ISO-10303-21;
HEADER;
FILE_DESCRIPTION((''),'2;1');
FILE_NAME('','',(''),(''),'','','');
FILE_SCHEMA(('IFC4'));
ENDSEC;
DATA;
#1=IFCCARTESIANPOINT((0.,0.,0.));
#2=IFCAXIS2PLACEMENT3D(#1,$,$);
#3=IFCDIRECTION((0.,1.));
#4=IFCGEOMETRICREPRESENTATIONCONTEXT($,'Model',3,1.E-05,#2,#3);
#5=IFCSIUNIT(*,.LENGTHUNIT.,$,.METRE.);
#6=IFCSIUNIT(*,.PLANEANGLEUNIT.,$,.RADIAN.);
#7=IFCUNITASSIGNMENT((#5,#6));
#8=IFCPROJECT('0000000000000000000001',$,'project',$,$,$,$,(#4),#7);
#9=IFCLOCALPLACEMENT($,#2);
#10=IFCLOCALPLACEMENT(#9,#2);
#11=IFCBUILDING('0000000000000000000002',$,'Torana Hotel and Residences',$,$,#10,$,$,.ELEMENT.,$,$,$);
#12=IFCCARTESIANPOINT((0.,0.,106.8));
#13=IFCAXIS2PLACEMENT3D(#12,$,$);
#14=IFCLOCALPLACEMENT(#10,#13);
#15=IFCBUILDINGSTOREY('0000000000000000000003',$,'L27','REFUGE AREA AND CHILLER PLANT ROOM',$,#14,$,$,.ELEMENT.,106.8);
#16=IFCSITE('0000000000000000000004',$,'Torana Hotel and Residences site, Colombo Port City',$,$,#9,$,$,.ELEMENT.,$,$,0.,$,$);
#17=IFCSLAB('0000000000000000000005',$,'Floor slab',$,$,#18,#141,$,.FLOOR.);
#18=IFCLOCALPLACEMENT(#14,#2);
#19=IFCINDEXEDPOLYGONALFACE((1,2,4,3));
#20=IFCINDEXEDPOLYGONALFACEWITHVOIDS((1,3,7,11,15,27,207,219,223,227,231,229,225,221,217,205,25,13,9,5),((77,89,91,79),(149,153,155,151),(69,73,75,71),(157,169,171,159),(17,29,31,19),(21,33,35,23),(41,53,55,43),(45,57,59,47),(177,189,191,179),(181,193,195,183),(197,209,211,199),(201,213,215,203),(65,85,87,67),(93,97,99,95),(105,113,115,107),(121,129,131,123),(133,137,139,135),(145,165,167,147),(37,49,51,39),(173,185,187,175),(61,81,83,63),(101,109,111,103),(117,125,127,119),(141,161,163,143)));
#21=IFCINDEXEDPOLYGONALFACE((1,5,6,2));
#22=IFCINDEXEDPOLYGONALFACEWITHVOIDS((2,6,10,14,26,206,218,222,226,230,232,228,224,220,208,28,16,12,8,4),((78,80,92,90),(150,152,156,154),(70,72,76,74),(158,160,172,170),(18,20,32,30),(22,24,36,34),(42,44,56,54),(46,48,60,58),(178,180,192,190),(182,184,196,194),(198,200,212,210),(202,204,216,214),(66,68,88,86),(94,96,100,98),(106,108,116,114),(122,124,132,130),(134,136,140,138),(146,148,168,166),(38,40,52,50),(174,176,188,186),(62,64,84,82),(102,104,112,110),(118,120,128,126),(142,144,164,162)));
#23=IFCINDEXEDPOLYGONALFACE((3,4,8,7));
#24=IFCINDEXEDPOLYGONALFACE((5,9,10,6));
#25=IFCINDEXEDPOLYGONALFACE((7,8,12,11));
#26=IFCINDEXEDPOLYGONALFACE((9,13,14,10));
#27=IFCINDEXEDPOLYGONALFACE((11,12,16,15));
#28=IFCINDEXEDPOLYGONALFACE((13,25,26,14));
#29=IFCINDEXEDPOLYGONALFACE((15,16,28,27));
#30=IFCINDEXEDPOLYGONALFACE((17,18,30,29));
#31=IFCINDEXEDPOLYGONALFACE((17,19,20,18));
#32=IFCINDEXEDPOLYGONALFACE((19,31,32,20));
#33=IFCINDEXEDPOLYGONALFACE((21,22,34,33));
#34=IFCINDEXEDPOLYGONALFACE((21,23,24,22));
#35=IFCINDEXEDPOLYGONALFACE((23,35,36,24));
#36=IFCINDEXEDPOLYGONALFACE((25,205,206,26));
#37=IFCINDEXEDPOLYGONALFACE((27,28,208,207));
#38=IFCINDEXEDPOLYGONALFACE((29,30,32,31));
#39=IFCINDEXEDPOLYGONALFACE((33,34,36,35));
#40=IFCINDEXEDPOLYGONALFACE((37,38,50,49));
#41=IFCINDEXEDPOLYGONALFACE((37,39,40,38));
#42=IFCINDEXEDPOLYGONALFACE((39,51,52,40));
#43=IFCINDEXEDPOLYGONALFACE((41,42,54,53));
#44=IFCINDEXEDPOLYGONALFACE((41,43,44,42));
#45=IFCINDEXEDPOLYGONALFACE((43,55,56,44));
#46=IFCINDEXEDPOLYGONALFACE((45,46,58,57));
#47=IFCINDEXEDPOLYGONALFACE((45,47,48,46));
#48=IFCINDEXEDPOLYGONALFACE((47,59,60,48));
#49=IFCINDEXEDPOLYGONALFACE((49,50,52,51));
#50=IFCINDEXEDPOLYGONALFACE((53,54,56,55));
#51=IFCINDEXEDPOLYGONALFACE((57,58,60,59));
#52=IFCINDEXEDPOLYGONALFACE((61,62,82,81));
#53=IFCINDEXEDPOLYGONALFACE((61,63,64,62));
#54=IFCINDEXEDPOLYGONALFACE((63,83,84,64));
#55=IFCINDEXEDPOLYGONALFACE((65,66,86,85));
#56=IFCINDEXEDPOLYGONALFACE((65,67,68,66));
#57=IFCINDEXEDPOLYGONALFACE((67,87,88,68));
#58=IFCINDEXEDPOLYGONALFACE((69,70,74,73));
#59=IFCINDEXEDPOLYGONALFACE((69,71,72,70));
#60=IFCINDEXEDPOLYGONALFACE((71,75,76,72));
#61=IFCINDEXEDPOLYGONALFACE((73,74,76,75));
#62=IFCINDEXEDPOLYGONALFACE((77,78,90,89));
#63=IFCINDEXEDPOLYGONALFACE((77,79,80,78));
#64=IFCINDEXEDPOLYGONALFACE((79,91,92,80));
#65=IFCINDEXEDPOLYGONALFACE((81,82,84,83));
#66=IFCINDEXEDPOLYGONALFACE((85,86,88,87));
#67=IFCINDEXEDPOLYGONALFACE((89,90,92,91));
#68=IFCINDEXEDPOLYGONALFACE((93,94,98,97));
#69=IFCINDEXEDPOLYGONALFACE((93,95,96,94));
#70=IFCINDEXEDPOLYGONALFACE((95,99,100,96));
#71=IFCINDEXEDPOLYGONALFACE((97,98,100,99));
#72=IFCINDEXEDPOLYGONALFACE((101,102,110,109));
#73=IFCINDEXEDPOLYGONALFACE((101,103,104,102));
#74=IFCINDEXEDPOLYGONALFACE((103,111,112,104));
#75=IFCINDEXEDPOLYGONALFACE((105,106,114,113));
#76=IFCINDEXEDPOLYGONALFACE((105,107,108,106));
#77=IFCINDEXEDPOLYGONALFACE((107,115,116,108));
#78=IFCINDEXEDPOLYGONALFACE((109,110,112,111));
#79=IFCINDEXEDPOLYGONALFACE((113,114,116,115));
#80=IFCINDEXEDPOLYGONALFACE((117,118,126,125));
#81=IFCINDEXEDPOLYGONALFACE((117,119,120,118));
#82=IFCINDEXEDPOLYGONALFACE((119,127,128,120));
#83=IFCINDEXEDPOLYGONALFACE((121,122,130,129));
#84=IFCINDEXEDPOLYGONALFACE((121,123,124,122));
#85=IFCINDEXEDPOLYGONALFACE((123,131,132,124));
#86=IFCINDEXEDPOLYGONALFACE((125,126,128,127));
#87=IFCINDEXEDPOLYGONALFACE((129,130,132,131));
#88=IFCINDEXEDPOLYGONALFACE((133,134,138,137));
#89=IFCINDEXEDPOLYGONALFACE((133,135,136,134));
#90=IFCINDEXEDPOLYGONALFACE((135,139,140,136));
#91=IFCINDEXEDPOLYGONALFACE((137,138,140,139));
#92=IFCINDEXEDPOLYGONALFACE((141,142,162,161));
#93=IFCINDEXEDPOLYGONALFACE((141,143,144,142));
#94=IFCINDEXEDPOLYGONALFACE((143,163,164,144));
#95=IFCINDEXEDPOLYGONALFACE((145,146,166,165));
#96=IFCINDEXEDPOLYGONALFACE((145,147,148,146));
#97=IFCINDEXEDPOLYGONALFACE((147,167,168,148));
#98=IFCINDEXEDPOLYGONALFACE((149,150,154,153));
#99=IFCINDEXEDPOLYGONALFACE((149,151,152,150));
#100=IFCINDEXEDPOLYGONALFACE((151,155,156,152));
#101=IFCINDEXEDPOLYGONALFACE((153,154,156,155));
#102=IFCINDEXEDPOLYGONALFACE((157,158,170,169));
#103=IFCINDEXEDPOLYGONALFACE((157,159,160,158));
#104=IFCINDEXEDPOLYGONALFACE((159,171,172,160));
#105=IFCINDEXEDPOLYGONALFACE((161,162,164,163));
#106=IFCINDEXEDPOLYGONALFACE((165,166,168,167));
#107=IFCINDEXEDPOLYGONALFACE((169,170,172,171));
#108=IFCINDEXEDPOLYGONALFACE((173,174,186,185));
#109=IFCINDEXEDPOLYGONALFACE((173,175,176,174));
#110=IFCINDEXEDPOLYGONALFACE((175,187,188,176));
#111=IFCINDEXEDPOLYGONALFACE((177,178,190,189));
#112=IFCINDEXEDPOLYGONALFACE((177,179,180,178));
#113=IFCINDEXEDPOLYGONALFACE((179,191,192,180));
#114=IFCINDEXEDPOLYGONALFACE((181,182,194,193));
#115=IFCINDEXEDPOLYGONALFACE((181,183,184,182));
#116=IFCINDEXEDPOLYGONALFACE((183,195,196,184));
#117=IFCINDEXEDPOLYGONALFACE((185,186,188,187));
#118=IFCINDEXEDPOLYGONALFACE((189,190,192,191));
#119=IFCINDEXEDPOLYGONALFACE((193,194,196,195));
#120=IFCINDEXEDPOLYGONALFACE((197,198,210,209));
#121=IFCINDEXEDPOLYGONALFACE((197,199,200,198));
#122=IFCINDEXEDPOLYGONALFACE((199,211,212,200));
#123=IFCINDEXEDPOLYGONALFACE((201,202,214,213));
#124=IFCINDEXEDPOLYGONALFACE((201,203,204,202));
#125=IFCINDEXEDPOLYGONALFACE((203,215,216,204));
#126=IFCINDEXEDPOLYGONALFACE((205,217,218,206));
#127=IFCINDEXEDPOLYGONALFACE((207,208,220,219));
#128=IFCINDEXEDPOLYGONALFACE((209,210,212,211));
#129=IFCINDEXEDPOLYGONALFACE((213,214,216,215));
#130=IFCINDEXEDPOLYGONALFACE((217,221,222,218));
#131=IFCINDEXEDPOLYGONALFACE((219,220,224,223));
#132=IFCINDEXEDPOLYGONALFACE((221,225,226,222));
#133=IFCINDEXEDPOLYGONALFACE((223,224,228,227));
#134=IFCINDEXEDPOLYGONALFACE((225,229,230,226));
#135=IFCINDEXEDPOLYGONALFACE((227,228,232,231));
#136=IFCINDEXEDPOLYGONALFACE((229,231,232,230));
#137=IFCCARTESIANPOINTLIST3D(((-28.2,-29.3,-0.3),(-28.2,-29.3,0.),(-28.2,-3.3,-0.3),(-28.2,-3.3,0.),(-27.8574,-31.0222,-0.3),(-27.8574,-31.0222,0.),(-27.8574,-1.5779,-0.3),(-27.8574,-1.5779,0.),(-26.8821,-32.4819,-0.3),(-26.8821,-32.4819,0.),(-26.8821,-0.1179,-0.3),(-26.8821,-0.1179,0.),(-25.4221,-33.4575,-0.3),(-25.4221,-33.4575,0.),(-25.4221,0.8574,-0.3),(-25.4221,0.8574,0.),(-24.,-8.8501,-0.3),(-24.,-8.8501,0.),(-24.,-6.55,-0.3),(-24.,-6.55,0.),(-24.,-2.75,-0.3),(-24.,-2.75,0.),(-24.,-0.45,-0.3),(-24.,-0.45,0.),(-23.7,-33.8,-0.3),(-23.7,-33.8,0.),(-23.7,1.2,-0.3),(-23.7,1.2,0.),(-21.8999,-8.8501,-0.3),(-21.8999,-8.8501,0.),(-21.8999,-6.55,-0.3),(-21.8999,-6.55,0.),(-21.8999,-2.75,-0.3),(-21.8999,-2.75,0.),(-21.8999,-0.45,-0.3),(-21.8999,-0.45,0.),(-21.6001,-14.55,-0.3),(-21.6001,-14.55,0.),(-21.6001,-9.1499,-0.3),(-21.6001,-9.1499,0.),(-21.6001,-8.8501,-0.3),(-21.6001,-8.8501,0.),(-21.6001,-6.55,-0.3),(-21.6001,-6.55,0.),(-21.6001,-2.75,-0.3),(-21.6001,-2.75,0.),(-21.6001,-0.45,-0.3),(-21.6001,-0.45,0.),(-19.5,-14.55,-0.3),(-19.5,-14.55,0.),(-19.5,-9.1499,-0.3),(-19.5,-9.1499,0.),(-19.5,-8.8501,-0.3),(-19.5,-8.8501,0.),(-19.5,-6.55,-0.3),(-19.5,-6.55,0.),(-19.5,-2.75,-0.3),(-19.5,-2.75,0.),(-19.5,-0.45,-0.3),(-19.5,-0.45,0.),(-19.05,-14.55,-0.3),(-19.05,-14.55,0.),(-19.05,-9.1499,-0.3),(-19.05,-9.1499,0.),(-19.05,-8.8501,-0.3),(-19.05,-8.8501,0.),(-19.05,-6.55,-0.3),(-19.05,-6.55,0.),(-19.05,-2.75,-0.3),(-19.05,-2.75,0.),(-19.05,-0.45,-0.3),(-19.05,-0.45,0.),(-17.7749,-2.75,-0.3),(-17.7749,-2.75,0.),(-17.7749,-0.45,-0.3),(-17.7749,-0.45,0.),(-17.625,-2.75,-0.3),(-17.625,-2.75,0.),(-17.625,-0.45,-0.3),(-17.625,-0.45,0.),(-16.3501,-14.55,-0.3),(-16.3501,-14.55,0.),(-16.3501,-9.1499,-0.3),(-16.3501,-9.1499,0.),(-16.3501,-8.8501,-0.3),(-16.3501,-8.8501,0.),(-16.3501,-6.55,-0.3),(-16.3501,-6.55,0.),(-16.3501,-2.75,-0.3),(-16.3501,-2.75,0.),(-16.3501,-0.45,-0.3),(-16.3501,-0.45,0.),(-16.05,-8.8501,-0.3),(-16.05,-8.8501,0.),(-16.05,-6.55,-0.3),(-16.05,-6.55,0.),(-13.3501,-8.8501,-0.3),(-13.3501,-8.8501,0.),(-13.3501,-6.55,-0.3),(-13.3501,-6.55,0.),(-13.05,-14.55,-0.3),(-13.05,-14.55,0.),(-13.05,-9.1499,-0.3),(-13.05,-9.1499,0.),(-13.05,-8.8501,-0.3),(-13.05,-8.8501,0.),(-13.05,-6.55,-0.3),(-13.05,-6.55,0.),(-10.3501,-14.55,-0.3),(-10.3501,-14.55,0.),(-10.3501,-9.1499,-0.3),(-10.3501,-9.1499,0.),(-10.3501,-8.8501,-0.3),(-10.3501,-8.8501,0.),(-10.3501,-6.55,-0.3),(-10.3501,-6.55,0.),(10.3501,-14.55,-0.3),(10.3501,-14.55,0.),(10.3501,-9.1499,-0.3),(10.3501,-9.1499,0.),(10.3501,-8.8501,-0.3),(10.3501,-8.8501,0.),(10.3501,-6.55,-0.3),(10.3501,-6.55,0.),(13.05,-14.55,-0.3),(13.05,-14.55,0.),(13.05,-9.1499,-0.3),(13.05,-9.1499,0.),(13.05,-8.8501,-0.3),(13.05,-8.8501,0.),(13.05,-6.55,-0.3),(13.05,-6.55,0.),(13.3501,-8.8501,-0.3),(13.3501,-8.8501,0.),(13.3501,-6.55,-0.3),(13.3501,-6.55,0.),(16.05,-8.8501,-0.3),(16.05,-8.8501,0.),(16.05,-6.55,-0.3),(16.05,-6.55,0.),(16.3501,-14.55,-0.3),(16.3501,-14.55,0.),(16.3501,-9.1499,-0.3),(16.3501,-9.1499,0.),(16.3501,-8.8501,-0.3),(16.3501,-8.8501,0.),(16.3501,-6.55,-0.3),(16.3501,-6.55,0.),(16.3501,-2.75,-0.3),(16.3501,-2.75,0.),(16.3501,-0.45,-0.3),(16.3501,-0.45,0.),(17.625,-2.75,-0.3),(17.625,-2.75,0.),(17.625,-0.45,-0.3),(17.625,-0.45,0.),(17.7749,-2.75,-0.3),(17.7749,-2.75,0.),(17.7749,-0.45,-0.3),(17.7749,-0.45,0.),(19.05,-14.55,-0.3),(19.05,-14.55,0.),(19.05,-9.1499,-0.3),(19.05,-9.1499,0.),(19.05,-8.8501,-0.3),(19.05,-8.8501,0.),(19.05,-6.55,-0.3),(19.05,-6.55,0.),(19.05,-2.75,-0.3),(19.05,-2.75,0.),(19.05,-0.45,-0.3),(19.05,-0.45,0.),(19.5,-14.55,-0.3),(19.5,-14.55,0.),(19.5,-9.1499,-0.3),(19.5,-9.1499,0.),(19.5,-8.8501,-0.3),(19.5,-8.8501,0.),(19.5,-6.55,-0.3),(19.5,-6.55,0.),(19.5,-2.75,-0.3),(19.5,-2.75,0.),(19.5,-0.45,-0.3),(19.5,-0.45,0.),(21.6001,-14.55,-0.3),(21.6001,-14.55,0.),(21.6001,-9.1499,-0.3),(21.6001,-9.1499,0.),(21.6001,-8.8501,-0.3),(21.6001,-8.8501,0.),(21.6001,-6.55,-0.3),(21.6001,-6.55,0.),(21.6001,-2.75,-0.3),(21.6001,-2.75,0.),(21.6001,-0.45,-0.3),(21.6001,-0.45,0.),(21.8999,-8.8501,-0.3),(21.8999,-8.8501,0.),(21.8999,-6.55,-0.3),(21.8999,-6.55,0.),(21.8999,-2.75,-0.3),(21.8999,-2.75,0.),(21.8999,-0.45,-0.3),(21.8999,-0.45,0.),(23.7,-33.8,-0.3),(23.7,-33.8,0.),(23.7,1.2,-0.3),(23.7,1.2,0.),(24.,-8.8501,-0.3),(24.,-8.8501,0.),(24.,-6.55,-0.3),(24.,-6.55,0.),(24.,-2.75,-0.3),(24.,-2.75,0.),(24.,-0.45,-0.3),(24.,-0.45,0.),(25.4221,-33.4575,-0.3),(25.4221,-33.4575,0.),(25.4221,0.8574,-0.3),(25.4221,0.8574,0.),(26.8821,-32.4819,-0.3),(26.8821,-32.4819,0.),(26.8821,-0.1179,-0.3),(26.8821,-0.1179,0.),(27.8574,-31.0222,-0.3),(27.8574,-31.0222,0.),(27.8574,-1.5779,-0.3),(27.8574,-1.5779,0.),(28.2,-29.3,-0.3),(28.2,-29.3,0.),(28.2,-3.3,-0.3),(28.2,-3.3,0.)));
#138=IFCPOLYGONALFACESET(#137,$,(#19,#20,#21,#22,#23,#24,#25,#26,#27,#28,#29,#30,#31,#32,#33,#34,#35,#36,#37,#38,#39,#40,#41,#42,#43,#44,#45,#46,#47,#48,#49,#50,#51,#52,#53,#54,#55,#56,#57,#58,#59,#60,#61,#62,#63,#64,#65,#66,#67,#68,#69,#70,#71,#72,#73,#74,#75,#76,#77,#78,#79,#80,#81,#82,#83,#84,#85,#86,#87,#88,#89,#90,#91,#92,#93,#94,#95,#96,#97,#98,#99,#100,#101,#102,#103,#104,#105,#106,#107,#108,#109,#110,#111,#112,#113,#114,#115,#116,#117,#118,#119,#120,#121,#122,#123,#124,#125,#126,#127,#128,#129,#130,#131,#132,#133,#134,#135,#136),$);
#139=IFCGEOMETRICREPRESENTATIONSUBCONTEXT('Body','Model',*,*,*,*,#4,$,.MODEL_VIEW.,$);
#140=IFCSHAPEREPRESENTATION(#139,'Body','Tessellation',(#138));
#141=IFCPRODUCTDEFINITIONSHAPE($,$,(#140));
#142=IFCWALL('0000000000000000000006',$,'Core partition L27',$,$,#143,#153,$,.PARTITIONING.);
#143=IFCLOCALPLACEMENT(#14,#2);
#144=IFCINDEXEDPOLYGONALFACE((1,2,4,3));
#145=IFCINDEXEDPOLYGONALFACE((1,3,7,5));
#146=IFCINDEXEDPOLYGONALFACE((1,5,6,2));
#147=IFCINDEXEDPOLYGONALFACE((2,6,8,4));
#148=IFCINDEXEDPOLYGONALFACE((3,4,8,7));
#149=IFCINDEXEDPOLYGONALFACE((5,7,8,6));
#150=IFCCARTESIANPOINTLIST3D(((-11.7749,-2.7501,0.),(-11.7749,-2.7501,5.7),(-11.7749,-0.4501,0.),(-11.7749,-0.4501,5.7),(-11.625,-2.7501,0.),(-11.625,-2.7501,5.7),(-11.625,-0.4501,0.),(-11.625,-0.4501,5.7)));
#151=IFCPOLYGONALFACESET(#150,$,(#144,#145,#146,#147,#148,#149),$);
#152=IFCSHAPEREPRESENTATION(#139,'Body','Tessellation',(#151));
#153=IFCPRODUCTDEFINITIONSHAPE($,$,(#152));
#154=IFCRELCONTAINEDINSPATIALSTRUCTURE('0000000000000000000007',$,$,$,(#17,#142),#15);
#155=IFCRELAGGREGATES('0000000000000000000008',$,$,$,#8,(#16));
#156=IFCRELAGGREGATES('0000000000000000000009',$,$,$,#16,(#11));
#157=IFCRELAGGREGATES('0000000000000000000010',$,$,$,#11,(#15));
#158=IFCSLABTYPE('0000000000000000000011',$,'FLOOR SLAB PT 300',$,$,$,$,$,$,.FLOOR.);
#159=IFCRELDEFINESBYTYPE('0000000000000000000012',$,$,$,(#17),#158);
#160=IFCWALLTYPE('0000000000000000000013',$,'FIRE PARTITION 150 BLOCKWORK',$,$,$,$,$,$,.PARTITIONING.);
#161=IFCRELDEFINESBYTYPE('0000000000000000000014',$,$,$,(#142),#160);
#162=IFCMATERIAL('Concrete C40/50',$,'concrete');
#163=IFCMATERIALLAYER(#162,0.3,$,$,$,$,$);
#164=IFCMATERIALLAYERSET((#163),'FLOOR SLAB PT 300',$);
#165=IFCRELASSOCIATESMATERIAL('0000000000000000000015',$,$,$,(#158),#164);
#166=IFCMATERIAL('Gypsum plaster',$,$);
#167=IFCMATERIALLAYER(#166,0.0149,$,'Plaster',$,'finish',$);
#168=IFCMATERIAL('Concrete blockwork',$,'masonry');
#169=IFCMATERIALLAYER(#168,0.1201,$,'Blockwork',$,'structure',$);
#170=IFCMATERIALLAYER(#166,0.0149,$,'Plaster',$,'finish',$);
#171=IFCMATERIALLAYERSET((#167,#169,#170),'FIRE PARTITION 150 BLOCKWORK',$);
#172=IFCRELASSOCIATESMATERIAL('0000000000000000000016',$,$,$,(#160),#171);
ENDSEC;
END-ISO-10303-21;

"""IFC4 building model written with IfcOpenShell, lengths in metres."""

from ifc_helpers import new_model, si_unit, direction, frame, frame_2d, origin, place, context, subcontext, project, spatial, polyline, rectangle, outline, extrude, material, layer, layer_set, type_object, element, save


model = new_model("IFC4")

# Units and contexts
model_context = context("Model", 3, precision=1e-05, world=origin(), true_north=direction((0.0, 1.0)))
body_context = subcontext(model_context, "Body", "Model", "MODEL_VIEW")
ifc_project = project(units=[si_unit("LENGTHUNIT", "METRE"), si_unit("PLANEANGLEUNIT", "RADIAN")], contexts=[model_context])

# Site, building, storey
site_placement = place(None, origin())
site = spatial("IfcSite", under=ifc_project, at=site_placement, Name="Torana Hotel and Residences site, Colombo Port City", CompositionType="ELEMENT", RefElevation=0.0)
building_placement = place(site_placement, origin())
building = spatial("IfcBuilding", under=site, at=building_placement, Name="Torana Hotel and Residences", CompositionType="ELEMENT")
storey_placement = place(building_placement, frame((0.0, 0.0, 106.8)))
storey = spatial("IfcBuildingStorey", under=building, at=storey_placement, Name="L27", Description="REFUGE AREA AND CHILLER PLANT ROOM", CompositionType="ELEMENT", Elevation=106.8)

# Slab
ifc_material_1 = material(Name="Concrete C40/50", Category="concrete")
ifc_layer_1 = layer(ifc_material_1, 0.3)
ifc_layer_set_1 = layer_set([ifc_layer_1], Name="FLOOR SLAB PT 300")
slab_type = type_object("IfcSlabType", Name="FLOOR SLAB PT 300", PredefinedType="FLOOR", material=ifc_layer_set_1)
slab_placement = place(storey_placement, frame((0.0, 0.0, -0.3)))
element("IfcSlab", 1, at=slab_placement, inside=storey, type_object=slab_type, Name="Floor slab", PredefinedType="FLOOR", context=body_context, shape_type="SweptSolid", body=[
    extrude(outline(polyline([(28.2, -3.3), (27.8574, -1.5779), (26.8821, -0.1179), (25.4221, 0.8574), (23.7, 1.2), (-23.7, 1.2), (-25.4221, 0.8574), (-26.8821, -0.1179), (-27.8574, -1.5779), (-28.2, -3.3), (-28.2, -29.3), (-27.8574, -31.0222), (-26.8821, -32.4819), (-25.4221, -33.4575), (-23.7, -33.8), (23.7, -33.8), (25.4221, -33.4575), (26.8821, -32.4819), (27.8574, -31.0222), (28.2, -29.3), (28.2, -3.3)]), holes=[polyline([(-13.05, -14.55), (-10.3501, -14.55), (-10.3501, -9.1499), (-13.05, -9.1499), (-13.05, -14.55)]), polyline([(-19.05, -14.55), (-16.3501, -14.55), (-16.3501, -9.1499), (-19.05, -9.1499), (-19.05, -14.55)]), polyline([(-17.625, -2.75), (-16.3501, -2.75), (-16.3501, -0.45), (-17.625, -0.45), (-17.625, -2.75)]), polyline([(-19.05, -2.75), (-17.7749, -2.75), (-17.7749, -0.45), (-19.05, -0.45), (-19.05, -2.75)]), polyline([(-21.6001, -2.75), (-19.5, -2.75), (-19.5, -0.45), (-21.6001, -0.45), (-21.6001, -2.75)]), polyline([(-21.6001, -8.8501), (-19.5, -8.8501), (-19.5, -6.55), (-21.6001, -6.55), (-21.6001, -8.8501)]), polyline([(-24.0, -2.75), (-21.8999, -2.75), (-21.8999, -0.45), (-24.0, -0.45), (-24.0, -2.75)]), polyline([(-24.0, -8.8501), (-21.8999, -8.8501), (-21.8999, -6.55), (-24.0, -6.55), (-24.0, -8.8501)]), polyline([(-13.05, -8.8501), (-10.3501, -8.8501), (-10.3501, -6.55), (-13.05, -6.55), (-13.05, -8.8501)]), polyline([(-16.05, -8.8501), (-13.3501, -8.8501), (-13.3501, -6.55), (-16.05, -6.55), (-16.05, -8.8501)]), polyline([(-19.05, -8.8501), (-16.3501, -8.8501), (-16.3501, -6.55), (-19.05, -6.55), (-19.05, -8.8501)]), polyline([(-21.6001, -14.55), (-19.5, -14.55), (-19.5, -9.1499), (-21.6001, -9.1499), (-21.6001, -14.55)]), polyline([(10.3501, -14.55), (13.05, -14.55), (13.05, -9.1499), (10.3501, -9.1499), (10.3501, -14.55)]), polyline([(16.3501, -14.55), (19.05, -14.55), (19.05, -9.1499), (16.3501, -9.1499), (16.3501, -14.55)]), polyline([(16.3501, -2.75), (17.625, -2.75), (17.625, -0.45), (16.3501, -0.45), (16.3501, -2.75)]), polyline([(17.7749, -2.75), (19.05, -2.75), (19.05, -0.45), (17.7749, -0.45), (17.7749, -2.75)]), polyline([(19.5, -2.75), (21.6001, -2.75), (21.6001, -0.45), (19.5, -0.45), (19.5, -2.75)]), polyline([(19.5, -8.8501), (21.6001, -8.8501), (21.6001, -6.55), (19.5, -6.55), (19.5, -8.8501)]), polyline([(21.8999, -2.75), (24.0, -2.75), (24.0, -0.45), (21.8999, -0.45), (21.8999, -2.75)]), polyline([(21.8999, -8.8501), (24.0, -8.8501), (24.0, -6.55), (21.8999, -6.55), (21.8999, -8.8501)]), polyline([(10.3501, -8.8501), (13.05, -8.8501), (13.05, -6.55), (10.3501, -6.55), (10.3501, -8.8501)]), polyline([(13.3501, -8.8501), (16.05, -8.8501), (16.05, -6.55), (13.3501, -6.55), (13.3501, -8.8501)]), polyline([(16.3501, -8.8501), (19.05, -8.8501), (19.05, -6.55), (16.3501, -6.55), (16.3501, -8.8501)]), polyline([(19.5, -14.55), (21.6001, -14.55), (21.6001, -9.1499), (19.5, -9.1499), (19.5, -14.55)])]), origin(), (0.0, 0.0, 1.0), 0.3),
])

# Wall
ifc_material_2 = material(Name="Gypsum plaster")
ifc_layer_2 = layer(ifc_material_2, 0.0149, Name="Plaster", Category="finish")
ifc_material_3 = material(Name="Concrete blockwork", Category="masonry")
ifc_layer_3 = layer(ifc_material_3, 0.1201, Name="Blockwork", Category="structure")
ifc_layer_4 = layer(ifc_material_2, 0.0149, Name="Plaster", Category="finish")
ifc_layer_set_2 = layer_set([ifc_layer_2, ifc_layer_3, ifc_layer_4], Name="FIRE PARTITION 150 BLOCKWORK")
wall_type_1 = type_object("IfcWallType", Name="FIRE PARTITION 150 BLOCKWORK", PredefinedType="PARTITIONING", material=ifc_layer_set_2)
wall_1_placement = place(storey_placement, frame((-11.7, -2.75, 0.0), z_axis=(0.0, 0.0, 1.0), x_axis=(0.0, 1.0, 0.0)))
element("IfcWall", 2, at=wall_1_placement, inside=storey, type_object=wall_type_1, Name="Core partition L27", PredefinedType="PARTITIONING", context=body_context, shape_type="SweptSolid", body=[
    extrude(rectangle(XDim=2.3, YDim=0.1499, at=frame_2d((1.1499, 0.0))), origin(), (0.0, 0.0, 1.0), 5.7),
])

save(model, "model.ifc")
